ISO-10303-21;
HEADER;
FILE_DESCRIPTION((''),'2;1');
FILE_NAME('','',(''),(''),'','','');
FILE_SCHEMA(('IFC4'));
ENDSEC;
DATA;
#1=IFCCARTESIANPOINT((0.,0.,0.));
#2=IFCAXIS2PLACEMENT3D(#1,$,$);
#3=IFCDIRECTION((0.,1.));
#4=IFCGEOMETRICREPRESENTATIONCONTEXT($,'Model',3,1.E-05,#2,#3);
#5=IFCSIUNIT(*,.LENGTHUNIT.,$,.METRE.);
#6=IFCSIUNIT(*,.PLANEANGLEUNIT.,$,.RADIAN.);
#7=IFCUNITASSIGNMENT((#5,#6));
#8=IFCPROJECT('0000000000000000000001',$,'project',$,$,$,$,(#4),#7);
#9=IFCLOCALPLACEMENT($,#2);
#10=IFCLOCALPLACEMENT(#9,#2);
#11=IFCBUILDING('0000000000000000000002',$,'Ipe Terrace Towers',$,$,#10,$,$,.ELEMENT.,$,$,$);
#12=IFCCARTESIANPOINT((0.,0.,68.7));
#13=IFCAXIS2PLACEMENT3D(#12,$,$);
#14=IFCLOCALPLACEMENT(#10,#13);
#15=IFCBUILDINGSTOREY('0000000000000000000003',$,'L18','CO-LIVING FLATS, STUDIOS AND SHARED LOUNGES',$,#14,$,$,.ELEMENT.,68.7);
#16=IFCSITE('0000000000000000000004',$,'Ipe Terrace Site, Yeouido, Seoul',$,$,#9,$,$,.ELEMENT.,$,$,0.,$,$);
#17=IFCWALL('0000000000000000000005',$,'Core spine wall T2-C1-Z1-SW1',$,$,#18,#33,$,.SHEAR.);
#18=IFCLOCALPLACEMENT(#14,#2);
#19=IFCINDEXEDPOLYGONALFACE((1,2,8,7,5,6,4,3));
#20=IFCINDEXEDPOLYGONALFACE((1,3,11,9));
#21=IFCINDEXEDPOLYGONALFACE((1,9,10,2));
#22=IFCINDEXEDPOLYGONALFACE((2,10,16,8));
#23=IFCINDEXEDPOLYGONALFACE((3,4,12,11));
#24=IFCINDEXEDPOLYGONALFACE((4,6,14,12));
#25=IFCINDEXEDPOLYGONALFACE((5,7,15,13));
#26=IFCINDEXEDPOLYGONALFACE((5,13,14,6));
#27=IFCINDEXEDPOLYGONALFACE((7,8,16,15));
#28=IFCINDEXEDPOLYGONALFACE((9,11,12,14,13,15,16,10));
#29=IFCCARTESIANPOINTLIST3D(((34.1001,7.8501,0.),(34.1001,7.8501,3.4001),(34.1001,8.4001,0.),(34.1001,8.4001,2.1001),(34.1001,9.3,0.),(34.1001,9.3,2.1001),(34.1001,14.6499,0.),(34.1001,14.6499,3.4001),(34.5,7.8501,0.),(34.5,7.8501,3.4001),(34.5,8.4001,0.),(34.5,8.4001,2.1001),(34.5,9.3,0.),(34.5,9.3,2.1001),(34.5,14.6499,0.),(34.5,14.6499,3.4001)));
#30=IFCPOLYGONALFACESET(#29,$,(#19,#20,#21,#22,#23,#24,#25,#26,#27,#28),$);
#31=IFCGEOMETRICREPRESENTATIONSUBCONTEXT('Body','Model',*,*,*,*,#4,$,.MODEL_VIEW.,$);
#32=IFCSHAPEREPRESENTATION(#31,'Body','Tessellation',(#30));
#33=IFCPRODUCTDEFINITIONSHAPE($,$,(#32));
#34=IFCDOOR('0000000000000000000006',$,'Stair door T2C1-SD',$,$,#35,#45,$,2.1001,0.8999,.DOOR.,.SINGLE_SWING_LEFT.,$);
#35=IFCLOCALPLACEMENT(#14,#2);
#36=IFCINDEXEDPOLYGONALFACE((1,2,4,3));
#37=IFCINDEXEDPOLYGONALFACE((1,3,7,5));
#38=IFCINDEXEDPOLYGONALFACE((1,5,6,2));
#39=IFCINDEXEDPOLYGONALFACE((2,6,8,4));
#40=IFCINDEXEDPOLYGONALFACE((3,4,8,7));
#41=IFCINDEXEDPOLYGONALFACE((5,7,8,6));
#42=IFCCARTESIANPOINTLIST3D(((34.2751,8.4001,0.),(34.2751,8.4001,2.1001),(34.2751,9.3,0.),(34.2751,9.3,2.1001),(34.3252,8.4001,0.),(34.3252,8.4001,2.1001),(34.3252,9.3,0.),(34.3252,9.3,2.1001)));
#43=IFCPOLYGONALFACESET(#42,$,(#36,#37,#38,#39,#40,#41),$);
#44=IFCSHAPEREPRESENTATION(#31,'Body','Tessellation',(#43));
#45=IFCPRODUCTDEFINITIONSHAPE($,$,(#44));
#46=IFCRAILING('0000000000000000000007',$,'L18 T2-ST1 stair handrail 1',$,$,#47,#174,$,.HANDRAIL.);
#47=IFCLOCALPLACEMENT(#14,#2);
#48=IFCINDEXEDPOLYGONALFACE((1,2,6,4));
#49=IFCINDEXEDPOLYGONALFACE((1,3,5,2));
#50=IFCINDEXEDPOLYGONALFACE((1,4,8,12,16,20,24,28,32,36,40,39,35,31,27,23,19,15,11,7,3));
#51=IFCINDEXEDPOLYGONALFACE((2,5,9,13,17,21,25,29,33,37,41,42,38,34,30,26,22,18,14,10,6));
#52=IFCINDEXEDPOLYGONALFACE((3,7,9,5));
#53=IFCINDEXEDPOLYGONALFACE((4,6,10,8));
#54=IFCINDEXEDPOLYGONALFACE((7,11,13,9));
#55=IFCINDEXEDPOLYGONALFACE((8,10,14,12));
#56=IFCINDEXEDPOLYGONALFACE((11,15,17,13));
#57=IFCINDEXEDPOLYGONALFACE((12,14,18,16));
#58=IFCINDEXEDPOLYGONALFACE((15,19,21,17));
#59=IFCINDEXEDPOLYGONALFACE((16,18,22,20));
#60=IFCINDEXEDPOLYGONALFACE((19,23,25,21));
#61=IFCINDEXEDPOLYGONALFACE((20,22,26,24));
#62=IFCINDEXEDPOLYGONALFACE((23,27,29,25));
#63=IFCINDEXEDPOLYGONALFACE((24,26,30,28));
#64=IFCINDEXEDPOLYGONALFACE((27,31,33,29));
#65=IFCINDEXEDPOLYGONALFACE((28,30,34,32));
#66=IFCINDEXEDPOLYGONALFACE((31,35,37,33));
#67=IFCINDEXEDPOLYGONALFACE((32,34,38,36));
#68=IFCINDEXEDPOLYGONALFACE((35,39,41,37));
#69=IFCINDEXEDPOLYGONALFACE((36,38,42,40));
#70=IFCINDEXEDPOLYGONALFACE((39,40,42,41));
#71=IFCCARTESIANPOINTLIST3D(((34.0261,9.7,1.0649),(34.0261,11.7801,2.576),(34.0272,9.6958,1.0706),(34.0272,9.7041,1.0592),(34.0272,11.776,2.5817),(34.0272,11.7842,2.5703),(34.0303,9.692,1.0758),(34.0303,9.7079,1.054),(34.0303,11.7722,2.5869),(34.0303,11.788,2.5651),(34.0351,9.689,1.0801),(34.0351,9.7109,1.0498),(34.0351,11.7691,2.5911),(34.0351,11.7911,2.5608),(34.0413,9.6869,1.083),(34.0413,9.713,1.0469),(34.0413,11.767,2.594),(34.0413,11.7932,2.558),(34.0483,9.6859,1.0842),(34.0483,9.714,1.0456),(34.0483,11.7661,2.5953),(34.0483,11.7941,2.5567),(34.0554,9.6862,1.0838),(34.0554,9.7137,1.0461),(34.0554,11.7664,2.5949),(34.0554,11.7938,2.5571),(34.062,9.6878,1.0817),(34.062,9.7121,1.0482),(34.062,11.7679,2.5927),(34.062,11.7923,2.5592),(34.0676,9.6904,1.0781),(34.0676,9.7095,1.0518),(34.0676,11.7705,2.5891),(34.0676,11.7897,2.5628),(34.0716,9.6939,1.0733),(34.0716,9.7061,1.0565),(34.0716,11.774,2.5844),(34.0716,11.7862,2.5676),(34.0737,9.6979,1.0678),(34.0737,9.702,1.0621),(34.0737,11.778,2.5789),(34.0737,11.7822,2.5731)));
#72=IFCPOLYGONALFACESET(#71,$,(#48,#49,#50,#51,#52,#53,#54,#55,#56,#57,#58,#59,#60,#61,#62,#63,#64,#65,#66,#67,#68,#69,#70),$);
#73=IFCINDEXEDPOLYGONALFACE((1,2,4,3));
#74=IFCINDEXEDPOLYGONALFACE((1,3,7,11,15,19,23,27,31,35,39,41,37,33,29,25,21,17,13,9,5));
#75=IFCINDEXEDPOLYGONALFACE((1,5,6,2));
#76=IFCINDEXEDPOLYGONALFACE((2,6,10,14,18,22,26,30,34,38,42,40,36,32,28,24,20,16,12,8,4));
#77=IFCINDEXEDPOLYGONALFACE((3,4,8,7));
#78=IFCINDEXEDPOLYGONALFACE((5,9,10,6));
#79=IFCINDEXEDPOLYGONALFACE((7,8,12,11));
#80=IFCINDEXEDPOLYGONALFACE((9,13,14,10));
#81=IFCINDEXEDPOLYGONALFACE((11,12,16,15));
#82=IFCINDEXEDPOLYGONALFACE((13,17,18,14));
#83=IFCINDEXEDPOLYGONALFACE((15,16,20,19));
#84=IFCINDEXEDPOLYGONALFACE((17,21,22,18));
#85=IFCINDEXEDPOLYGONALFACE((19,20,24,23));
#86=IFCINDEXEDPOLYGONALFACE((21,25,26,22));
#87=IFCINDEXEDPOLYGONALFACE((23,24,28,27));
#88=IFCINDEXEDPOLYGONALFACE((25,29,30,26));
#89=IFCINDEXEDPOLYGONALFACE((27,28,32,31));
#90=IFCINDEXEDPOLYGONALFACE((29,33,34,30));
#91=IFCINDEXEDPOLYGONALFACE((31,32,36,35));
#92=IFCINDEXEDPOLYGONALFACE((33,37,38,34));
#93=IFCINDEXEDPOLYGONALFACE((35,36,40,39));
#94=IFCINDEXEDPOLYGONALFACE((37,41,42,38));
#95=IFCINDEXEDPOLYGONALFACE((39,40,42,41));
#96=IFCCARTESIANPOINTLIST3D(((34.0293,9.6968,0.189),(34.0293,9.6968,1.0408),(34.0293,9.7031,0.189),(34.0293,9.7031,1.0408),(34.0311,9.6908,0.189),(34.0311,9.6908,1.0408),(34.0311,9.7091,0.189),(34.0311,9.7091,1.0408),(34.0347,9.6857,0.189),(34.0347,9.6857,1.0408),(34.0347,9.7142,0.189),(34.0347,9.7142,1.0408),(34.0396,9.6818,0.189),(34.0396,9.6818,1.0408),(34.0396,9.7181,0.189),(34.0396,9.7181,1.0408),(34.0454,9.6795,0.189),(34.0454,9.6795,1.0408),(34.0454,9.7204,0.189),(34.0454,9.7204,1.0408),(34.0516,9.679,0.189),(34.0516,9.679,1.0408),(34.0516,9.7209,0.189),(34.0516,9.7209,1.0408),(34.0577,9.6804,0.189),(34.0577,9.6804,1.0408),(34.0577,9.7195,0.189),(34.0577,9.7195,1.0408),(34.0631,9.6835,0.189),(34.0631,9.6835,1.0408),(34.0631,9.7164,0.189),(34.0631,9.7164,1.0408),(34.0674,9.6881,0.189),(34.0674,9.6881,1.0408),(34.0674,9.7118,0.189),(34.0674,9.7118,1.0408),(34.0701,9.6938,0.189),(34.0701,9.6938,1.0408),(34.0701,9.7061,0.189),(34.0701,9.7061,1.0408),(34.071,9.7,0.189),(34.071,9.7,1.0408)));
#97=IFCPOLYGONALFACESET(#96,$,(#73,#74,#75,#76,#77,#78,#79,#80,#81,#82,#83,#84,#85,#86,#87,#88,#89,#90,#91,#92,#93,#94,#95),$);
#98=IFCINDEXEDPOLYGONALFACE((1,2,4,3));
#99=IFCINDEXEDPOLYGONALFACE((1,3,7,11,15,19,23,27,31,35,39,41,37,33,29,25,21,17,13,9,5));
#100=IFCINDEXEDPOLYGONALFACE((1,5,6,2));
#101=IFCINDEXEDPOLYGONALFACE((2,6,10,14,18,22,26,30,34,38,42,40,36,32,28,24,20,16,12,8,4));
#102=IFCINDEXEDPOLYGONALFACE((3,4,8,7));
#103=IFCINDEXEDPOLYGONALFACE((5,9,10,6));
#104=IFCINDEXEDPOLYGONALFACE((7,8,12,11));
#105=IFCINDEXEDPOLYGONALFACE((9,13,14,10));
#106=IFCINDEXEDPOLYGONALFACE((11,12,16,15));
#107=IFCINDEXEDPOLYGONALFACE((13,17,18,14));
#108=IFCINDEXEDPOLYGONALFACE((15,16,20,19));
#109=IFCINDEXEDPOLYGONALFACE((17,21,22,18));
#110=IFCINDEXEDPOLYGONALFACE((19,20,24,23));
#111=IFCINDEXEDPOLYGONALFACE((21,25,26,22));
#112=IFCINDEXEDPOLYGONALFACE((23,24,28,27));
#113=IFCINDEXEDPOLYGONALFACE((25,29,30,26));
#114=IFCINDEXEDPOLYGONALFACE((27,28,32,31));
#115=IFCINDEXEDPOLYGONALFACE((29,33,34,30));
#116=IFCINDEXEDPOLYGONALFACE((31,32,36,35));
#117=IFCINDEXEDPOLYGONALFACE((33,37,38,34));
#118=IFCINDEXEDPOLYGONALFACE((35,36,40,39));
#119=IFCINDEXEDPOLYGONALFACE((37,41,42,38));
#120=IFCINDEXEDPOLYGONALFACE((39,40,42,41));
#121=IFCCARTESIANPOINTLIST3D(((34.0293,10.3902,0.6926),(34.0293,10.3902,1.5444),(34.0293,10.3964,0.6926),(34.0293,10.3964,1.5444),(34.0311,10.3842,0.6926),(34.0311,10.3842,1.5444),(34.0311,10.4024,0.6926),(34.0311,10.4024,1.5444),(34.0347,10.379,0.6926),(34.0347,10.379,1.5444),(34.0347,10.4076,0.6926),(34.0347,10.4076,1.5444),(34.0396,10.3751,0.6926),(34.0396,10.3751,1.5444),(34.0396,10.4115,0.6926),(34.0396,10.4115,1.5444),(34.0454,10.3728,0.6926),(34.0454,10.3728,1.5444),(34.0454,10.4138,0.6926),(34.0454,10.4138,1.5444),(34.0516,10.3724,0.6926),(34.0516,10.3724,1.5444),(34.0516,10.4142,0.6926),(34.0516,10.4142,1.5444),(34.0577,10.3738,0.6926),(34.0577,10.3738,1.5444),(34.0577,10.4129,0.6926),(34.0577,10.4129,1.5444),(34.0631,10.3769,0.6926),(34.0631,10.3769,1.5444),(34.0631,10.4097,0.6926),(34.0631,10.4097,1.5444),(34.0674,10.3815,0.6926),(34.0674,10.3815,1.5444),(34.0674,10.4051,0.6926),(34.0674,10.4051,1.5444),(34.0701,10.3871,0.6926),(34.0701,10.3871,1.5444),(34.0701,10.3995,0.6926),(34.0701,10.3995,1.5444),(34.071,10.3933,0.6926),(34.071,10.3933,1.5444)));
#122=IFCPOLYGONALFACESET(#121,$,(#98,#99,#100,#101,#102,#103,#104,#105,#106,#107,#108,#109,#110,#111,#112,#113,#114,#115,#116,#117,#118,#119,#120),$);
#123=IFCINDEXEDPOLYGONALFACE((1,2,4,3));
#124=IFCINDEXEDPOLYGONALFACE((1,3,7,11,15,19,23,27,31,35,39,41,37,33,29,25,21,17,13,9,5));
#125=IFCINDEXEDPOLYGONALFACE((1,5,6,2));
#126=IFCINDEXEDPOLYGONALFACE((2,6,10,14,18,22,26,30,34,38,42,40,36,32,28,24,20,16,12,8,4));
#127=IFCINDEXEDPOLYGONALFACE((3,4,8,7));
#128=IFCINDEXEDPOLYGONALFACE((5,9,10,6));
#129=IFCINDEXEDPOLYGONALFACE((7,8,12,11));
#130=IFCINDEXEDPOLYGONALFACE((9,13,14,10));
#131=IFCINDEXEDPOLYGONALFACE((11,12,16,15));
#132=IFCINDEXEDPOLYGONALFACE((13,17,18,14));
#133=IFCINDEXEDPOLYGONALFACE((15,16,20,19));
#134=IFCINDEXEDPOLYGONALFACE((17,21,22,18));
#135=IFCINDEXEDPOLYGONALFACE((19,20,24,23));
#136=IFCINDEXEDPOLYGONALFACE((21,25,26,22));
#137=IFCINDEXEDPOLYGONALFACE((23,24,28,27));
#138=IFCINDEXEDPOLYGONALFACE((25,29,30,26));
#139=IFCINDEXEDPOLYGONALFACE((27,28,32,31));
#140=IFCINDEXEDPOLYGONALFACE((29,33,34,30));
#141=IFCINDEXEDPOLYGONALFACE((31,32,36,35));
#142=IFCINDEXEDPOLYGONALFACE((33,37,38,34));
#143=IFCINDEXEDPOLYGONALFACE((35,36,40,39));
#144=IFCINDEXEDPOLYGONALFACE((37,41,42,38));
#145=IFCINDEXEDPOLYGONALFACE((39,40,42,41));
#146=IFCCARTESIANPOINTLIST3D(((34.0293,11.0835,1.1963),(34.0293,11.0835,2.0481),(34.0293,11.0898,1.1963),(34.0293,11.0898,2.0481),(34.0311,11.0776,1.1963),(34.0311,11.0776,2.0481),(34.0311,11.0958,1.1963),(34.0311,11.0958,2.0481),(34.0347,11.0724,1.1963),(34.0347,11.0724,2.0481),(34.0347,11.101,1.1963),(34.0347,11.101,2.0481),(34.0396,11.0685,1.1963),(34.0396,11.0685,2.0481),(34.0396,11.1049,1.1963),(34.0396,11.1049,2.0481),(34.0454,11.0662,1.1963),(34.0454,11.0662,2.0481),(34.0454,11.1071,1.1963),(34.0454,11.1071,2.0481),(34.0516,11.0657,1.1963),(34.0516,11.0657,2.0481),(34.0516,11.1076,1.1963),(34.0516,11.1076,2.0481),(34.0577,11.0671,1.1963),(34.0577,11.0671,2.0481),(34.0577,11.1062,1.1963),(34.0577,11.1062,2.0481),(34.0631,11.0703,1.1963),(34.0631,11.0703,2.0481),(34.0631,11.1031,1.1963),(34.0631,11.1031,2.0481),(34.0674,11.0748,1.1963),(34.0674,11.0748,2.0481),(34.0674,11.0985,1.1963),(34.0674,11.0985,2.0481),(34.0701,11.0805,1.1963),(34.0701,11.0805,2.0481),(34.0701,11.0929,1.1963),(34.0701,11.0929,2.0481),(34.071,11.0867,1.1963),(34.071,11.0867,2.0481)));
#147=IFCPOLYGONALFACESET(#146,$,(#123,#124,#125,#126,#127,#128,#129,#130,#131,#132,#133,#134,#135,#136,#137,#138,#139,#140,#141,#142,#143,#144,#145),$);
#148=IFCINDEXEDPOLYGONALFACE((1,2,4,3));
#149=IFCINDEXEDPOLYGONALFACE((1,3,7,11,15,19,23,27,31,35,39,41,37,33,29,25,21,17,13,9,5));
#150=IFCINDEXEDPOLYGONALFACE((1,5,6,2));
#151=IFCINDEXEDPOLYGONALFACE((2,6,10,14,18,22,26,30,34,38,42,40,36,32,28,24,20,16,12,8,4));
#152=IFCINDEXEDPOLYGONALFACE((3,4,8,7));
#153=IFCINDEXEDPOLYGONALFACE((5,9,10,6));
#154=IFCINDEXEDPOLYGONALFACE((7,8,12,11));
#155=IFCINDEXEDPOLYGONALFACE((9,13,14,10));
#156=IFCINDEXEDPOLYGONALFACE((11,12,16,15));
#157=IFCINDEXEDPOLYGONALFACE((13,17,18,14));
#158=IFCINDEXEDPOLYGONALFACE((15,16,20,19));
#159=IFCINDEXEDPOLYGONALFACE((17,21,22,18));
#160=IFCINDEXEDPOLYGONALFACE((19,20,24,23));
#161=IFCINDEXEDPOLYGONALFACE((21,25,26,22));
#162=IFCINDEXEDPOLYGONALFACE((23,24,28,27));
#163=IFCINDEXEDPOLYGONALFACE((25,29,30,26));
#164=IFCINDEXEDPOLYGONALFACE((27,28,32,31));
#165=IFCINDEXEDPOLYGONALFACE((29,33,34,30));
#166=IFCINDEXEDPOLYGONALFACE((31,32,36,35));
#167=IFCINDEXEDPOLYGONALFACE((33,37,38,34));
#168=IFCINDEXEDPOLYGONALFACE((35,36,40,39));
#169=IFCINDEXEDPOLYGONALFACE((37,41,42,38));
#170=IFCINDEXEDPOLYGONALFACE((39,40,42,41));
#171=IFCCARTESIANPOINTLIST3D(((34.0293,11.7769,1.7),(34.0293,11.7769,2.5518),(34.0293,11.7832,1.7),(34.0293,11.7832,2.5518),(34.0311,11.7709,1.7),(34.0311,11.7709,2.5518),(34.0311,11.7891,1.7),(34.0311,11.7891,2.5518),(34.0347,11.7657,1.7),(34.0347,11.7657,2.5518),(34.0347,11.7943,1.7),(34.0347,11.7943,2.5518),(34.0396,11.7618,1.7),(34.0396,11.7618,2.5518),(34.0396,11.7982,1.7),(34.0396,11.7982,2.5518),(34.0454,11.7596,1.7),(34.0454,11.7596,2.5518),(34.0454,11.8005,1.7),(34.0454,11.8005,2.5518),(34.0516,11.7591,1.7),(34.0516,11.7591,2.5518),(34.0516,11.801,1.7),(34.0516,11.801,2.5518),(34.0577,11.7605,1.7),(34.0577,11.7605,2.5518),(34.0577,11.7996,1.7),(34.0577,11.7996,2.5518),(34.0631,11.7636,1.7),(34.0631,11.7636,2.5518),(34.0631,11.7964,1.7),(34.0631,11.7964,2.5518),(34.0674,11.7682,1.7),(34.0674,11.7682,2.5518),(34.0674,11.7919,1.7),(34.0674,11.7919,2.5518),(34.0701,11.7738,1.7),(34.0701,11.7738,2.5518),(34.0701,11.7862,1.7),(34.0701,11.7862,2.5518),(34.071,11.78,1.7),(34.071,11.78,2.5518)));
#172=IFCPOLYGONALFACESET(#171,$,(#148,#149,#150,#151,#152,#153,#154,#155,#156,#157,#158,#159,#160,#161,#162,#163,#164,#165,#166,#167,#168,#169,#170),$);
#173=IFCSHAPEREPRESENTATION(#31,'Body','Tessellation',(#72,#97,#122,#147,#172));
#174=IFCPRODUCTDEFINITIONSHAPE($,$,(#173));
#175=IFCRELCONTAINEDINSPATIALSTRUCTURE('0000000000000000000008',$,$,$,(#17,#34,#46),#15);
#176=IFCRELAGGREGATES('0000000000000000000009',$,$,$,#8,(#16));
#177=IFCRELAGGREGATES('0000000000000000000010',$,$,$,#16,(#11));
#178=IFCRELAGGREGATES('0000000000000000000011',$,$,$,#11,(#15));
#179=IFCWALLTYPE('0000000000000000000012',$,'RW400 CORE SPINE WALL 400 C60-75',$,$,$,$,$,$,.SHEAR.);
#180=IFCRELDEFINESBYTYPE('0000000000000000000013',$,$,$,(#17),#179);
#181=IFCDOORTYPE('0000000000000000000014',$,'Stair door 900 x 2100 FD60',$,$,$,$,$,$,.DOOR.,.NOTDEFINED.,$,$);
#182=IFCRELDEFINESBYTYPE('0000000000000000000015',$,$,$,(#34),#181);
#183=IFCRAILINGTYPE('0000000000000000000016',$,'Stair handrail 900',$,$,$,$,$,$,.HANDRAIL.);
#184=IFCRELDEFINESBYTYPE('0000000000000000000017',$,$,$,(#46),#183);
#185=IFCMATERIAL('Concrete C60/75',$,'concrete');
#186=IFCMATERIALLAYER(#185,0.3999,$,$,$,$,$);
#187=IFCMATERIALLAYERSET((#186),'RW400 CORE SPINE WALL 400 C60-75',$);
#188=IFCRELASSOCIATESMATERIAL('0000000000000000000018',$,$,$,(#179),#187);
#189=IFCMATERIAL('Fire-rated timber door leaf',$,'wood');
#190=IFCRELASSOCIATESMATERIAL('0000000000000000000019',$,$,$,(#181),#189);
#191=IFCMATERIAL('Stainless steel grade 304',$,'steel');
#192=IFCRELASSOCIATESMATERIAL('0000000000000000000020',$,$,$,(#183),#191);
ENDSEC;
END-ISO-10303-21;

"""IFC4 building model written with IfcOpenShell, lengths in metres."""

from ifc_helpers import new_model, si_unit, direction, frame, frame_2d, origin, origin_2d, place, context, subcontext, project, spatial, rectangle, circle, extrude, material, layer, layer_set, type_object, element, fill, save


model = new_model("IFC4")

# Units and contexts
model_context = context("Model", 3, precision=1e-05, world=origin(), true_north=direction((0.0, 1.0)))
body_context = subcontext(model_context, "Body", "Model", "MODEL_VIEW")
ifc_project = project(units=[si_unit("LENGTHUNIT", "METRE"), si_unit("PLANEANGLEUNIT", "RADIAN")], contexts=[model_context])

# Site, building, storey
site_placement = place(None, origin())
site = spatial("IfcSite", under=ifc_project, at=site_placement, Name="Ipe Terrace Site, Yeouido, Seoul", CompositionType="ELEMENT", RefElevation=0.0)
building_placement = place(site_placement, origin())
building = spatial("IfcBuilding", under=site, at=building_placement, Name="Ipe Terrace Towers", CompositionType="ELEMENT")
storey_placement = place(building_placement, frame((0.0, 0.0, 68.7)))
storey = spatial("IfcBuildingStorey", under=building, at=storey_placement, Name="L18", Description="CO-LIVING FLATS, STUDIOS AND SHARED LOUNGES", CompositionType="ELEMENT", Elevation=68.7)

# Wall, opening, door
ifc_material_1 = material(Name="Concrete C60/75", Category="concrete")
ifc_layer_1 = layer(ifc_material_1, 0.3999)
ifc_layer_set_1 = layer_set([ifc_layer_1], Name="RW400 CORE SPINE WALL 400 C60-75")
wall_type_1 = type_object("IfcWallType", Name="RW400 CORE SPINE WALL 400 C60-75", PredefinedType="SHEAR", material=ifc_layer_set_1)
wall_1_placement = place(storey_placement, frame((34.3, 7.8501, 0.0), z_axis=(0.0, 0.0, 1.0), x_axis=(0.0, 1.0, 0.0)))
wall_1 = element("IfcWall", 1, at=wall_1_placement, inside=storey, type_object=wall_type_1, Name="Core spine wall T2-C1-Z1-SW1", PredefinedType="SHEAR", context=body_context, shape_type="SweptSolid", body=[
    extrude(rectangle(XDim=6.7998, YDim=0.3999, at=frame_2d((3.3999, 0.0))), origin(), (0.0, 0.0, 1.0), 3.4001),
])
opening_1_placement = place(wall_1_placement, frame((0.55, 0.0, 0.0)))
opening_1 = element("IfcOpeningElement", 2, at=opening_1_placement, cuts=wall_1, PredefinedType="OPENING", context=body_context, shape_type="SweptSolid", body=[
    extrude(rectangle(XDim=0.8999, YDim=2.1001, at=frame_2d((0.45, 1.05))), frame((0.0, 0.21, 0.0), z_axis=(0.0, -1.0, 0.0), x_axis=(1.0, 0.0, 0.0)), (0.0, 0.0, 1.0), 0.4199),
])
ifc_material_2 = material(Name="Fire-rated timber door leaf", Category="wood")
door_type_1 = type_object("IfcDoorType", Name="Stair door 900 x 2100 FD60", OperationType="NOTDEFINED", PredefinedType="DOOR", material=ifc_material_2)
door_1_placement = place(opening_1_placement, origin())
door_1 = element("IfcDoor", 3, at=door_1_placement, inside=storey, type_object=door_type_1, Name="Stair door T2C1-SD", OperationType="SINGLE_SWING_LEFT", OverallHeight=2.1001, OverallWidth=0.8999, PredefinedType="DOOR", context=body_context, shape_type="SweptSolid", body=[
    extrude(rectangle(XDim=0.8999, YDim=2.1001, at=frame_2d((0.45, 1.05))), frame((0.0, 0.0249, 0.0), z_axis=(0.0, -1.0, 0.0), x_axis=(1.0, 0.0, 0.0)), (0.0, 0.0, 1.0), 0.05),
])
fill(opening_1, door_1)

# Railing
ifc_material_3 = material(Name="Stainless steel grade 304", Category="steel")
railing_type_1 = type_object("IfcRailingType", Name="Stair handrail 900", PredefinedType="HANDRAIL", material=ifc_material_3)
railing_1_placement = place(storey_placement, frame((34.05, 9.7, 0.189)))
element("IfcRailing", 4, at=railing_1_placement, inside=storey, type_object=railing_type_1, Name="L18 T2-ST1 stair handrail 1", PredefinedType="HANDRAIL", context=body_context, shape_type="SweptSolid", body=[
    extrude(circle(Radius=0.0239, at=origin_2d()), frame((0.0, 0.0, 0.876), z_axis=(0.0, 0.809069, 0.587714), x_axis=(-1.0, 0.0, 0.0)), (0.0, 0.0, 1.0), 2.571),
    extrude(circle(Radius=0.021, at=origin_2d()), origin(), (0.0, 0.0, 1.0), 0.8518),
    extrude(circle(Radius=0.021, at=origin_2d()), frame((0.0, 0.6934, 0.5037)), (0.0, 0.0, 1.0), 0.8518),
    extrude(circle(Radius=0.021, at=origin_2d()), frame((0.0, 1.3867, 1.0073)), (0.0, 0.0, 1.0), 0.8518),
    extrude(circle(Radius=0.021, at=origin_2d()), frame((0.0, 2.0801, 1.511)), (0.0, 0.0, 1.0), 0.8518),
])

save(model, "model.ifc")
